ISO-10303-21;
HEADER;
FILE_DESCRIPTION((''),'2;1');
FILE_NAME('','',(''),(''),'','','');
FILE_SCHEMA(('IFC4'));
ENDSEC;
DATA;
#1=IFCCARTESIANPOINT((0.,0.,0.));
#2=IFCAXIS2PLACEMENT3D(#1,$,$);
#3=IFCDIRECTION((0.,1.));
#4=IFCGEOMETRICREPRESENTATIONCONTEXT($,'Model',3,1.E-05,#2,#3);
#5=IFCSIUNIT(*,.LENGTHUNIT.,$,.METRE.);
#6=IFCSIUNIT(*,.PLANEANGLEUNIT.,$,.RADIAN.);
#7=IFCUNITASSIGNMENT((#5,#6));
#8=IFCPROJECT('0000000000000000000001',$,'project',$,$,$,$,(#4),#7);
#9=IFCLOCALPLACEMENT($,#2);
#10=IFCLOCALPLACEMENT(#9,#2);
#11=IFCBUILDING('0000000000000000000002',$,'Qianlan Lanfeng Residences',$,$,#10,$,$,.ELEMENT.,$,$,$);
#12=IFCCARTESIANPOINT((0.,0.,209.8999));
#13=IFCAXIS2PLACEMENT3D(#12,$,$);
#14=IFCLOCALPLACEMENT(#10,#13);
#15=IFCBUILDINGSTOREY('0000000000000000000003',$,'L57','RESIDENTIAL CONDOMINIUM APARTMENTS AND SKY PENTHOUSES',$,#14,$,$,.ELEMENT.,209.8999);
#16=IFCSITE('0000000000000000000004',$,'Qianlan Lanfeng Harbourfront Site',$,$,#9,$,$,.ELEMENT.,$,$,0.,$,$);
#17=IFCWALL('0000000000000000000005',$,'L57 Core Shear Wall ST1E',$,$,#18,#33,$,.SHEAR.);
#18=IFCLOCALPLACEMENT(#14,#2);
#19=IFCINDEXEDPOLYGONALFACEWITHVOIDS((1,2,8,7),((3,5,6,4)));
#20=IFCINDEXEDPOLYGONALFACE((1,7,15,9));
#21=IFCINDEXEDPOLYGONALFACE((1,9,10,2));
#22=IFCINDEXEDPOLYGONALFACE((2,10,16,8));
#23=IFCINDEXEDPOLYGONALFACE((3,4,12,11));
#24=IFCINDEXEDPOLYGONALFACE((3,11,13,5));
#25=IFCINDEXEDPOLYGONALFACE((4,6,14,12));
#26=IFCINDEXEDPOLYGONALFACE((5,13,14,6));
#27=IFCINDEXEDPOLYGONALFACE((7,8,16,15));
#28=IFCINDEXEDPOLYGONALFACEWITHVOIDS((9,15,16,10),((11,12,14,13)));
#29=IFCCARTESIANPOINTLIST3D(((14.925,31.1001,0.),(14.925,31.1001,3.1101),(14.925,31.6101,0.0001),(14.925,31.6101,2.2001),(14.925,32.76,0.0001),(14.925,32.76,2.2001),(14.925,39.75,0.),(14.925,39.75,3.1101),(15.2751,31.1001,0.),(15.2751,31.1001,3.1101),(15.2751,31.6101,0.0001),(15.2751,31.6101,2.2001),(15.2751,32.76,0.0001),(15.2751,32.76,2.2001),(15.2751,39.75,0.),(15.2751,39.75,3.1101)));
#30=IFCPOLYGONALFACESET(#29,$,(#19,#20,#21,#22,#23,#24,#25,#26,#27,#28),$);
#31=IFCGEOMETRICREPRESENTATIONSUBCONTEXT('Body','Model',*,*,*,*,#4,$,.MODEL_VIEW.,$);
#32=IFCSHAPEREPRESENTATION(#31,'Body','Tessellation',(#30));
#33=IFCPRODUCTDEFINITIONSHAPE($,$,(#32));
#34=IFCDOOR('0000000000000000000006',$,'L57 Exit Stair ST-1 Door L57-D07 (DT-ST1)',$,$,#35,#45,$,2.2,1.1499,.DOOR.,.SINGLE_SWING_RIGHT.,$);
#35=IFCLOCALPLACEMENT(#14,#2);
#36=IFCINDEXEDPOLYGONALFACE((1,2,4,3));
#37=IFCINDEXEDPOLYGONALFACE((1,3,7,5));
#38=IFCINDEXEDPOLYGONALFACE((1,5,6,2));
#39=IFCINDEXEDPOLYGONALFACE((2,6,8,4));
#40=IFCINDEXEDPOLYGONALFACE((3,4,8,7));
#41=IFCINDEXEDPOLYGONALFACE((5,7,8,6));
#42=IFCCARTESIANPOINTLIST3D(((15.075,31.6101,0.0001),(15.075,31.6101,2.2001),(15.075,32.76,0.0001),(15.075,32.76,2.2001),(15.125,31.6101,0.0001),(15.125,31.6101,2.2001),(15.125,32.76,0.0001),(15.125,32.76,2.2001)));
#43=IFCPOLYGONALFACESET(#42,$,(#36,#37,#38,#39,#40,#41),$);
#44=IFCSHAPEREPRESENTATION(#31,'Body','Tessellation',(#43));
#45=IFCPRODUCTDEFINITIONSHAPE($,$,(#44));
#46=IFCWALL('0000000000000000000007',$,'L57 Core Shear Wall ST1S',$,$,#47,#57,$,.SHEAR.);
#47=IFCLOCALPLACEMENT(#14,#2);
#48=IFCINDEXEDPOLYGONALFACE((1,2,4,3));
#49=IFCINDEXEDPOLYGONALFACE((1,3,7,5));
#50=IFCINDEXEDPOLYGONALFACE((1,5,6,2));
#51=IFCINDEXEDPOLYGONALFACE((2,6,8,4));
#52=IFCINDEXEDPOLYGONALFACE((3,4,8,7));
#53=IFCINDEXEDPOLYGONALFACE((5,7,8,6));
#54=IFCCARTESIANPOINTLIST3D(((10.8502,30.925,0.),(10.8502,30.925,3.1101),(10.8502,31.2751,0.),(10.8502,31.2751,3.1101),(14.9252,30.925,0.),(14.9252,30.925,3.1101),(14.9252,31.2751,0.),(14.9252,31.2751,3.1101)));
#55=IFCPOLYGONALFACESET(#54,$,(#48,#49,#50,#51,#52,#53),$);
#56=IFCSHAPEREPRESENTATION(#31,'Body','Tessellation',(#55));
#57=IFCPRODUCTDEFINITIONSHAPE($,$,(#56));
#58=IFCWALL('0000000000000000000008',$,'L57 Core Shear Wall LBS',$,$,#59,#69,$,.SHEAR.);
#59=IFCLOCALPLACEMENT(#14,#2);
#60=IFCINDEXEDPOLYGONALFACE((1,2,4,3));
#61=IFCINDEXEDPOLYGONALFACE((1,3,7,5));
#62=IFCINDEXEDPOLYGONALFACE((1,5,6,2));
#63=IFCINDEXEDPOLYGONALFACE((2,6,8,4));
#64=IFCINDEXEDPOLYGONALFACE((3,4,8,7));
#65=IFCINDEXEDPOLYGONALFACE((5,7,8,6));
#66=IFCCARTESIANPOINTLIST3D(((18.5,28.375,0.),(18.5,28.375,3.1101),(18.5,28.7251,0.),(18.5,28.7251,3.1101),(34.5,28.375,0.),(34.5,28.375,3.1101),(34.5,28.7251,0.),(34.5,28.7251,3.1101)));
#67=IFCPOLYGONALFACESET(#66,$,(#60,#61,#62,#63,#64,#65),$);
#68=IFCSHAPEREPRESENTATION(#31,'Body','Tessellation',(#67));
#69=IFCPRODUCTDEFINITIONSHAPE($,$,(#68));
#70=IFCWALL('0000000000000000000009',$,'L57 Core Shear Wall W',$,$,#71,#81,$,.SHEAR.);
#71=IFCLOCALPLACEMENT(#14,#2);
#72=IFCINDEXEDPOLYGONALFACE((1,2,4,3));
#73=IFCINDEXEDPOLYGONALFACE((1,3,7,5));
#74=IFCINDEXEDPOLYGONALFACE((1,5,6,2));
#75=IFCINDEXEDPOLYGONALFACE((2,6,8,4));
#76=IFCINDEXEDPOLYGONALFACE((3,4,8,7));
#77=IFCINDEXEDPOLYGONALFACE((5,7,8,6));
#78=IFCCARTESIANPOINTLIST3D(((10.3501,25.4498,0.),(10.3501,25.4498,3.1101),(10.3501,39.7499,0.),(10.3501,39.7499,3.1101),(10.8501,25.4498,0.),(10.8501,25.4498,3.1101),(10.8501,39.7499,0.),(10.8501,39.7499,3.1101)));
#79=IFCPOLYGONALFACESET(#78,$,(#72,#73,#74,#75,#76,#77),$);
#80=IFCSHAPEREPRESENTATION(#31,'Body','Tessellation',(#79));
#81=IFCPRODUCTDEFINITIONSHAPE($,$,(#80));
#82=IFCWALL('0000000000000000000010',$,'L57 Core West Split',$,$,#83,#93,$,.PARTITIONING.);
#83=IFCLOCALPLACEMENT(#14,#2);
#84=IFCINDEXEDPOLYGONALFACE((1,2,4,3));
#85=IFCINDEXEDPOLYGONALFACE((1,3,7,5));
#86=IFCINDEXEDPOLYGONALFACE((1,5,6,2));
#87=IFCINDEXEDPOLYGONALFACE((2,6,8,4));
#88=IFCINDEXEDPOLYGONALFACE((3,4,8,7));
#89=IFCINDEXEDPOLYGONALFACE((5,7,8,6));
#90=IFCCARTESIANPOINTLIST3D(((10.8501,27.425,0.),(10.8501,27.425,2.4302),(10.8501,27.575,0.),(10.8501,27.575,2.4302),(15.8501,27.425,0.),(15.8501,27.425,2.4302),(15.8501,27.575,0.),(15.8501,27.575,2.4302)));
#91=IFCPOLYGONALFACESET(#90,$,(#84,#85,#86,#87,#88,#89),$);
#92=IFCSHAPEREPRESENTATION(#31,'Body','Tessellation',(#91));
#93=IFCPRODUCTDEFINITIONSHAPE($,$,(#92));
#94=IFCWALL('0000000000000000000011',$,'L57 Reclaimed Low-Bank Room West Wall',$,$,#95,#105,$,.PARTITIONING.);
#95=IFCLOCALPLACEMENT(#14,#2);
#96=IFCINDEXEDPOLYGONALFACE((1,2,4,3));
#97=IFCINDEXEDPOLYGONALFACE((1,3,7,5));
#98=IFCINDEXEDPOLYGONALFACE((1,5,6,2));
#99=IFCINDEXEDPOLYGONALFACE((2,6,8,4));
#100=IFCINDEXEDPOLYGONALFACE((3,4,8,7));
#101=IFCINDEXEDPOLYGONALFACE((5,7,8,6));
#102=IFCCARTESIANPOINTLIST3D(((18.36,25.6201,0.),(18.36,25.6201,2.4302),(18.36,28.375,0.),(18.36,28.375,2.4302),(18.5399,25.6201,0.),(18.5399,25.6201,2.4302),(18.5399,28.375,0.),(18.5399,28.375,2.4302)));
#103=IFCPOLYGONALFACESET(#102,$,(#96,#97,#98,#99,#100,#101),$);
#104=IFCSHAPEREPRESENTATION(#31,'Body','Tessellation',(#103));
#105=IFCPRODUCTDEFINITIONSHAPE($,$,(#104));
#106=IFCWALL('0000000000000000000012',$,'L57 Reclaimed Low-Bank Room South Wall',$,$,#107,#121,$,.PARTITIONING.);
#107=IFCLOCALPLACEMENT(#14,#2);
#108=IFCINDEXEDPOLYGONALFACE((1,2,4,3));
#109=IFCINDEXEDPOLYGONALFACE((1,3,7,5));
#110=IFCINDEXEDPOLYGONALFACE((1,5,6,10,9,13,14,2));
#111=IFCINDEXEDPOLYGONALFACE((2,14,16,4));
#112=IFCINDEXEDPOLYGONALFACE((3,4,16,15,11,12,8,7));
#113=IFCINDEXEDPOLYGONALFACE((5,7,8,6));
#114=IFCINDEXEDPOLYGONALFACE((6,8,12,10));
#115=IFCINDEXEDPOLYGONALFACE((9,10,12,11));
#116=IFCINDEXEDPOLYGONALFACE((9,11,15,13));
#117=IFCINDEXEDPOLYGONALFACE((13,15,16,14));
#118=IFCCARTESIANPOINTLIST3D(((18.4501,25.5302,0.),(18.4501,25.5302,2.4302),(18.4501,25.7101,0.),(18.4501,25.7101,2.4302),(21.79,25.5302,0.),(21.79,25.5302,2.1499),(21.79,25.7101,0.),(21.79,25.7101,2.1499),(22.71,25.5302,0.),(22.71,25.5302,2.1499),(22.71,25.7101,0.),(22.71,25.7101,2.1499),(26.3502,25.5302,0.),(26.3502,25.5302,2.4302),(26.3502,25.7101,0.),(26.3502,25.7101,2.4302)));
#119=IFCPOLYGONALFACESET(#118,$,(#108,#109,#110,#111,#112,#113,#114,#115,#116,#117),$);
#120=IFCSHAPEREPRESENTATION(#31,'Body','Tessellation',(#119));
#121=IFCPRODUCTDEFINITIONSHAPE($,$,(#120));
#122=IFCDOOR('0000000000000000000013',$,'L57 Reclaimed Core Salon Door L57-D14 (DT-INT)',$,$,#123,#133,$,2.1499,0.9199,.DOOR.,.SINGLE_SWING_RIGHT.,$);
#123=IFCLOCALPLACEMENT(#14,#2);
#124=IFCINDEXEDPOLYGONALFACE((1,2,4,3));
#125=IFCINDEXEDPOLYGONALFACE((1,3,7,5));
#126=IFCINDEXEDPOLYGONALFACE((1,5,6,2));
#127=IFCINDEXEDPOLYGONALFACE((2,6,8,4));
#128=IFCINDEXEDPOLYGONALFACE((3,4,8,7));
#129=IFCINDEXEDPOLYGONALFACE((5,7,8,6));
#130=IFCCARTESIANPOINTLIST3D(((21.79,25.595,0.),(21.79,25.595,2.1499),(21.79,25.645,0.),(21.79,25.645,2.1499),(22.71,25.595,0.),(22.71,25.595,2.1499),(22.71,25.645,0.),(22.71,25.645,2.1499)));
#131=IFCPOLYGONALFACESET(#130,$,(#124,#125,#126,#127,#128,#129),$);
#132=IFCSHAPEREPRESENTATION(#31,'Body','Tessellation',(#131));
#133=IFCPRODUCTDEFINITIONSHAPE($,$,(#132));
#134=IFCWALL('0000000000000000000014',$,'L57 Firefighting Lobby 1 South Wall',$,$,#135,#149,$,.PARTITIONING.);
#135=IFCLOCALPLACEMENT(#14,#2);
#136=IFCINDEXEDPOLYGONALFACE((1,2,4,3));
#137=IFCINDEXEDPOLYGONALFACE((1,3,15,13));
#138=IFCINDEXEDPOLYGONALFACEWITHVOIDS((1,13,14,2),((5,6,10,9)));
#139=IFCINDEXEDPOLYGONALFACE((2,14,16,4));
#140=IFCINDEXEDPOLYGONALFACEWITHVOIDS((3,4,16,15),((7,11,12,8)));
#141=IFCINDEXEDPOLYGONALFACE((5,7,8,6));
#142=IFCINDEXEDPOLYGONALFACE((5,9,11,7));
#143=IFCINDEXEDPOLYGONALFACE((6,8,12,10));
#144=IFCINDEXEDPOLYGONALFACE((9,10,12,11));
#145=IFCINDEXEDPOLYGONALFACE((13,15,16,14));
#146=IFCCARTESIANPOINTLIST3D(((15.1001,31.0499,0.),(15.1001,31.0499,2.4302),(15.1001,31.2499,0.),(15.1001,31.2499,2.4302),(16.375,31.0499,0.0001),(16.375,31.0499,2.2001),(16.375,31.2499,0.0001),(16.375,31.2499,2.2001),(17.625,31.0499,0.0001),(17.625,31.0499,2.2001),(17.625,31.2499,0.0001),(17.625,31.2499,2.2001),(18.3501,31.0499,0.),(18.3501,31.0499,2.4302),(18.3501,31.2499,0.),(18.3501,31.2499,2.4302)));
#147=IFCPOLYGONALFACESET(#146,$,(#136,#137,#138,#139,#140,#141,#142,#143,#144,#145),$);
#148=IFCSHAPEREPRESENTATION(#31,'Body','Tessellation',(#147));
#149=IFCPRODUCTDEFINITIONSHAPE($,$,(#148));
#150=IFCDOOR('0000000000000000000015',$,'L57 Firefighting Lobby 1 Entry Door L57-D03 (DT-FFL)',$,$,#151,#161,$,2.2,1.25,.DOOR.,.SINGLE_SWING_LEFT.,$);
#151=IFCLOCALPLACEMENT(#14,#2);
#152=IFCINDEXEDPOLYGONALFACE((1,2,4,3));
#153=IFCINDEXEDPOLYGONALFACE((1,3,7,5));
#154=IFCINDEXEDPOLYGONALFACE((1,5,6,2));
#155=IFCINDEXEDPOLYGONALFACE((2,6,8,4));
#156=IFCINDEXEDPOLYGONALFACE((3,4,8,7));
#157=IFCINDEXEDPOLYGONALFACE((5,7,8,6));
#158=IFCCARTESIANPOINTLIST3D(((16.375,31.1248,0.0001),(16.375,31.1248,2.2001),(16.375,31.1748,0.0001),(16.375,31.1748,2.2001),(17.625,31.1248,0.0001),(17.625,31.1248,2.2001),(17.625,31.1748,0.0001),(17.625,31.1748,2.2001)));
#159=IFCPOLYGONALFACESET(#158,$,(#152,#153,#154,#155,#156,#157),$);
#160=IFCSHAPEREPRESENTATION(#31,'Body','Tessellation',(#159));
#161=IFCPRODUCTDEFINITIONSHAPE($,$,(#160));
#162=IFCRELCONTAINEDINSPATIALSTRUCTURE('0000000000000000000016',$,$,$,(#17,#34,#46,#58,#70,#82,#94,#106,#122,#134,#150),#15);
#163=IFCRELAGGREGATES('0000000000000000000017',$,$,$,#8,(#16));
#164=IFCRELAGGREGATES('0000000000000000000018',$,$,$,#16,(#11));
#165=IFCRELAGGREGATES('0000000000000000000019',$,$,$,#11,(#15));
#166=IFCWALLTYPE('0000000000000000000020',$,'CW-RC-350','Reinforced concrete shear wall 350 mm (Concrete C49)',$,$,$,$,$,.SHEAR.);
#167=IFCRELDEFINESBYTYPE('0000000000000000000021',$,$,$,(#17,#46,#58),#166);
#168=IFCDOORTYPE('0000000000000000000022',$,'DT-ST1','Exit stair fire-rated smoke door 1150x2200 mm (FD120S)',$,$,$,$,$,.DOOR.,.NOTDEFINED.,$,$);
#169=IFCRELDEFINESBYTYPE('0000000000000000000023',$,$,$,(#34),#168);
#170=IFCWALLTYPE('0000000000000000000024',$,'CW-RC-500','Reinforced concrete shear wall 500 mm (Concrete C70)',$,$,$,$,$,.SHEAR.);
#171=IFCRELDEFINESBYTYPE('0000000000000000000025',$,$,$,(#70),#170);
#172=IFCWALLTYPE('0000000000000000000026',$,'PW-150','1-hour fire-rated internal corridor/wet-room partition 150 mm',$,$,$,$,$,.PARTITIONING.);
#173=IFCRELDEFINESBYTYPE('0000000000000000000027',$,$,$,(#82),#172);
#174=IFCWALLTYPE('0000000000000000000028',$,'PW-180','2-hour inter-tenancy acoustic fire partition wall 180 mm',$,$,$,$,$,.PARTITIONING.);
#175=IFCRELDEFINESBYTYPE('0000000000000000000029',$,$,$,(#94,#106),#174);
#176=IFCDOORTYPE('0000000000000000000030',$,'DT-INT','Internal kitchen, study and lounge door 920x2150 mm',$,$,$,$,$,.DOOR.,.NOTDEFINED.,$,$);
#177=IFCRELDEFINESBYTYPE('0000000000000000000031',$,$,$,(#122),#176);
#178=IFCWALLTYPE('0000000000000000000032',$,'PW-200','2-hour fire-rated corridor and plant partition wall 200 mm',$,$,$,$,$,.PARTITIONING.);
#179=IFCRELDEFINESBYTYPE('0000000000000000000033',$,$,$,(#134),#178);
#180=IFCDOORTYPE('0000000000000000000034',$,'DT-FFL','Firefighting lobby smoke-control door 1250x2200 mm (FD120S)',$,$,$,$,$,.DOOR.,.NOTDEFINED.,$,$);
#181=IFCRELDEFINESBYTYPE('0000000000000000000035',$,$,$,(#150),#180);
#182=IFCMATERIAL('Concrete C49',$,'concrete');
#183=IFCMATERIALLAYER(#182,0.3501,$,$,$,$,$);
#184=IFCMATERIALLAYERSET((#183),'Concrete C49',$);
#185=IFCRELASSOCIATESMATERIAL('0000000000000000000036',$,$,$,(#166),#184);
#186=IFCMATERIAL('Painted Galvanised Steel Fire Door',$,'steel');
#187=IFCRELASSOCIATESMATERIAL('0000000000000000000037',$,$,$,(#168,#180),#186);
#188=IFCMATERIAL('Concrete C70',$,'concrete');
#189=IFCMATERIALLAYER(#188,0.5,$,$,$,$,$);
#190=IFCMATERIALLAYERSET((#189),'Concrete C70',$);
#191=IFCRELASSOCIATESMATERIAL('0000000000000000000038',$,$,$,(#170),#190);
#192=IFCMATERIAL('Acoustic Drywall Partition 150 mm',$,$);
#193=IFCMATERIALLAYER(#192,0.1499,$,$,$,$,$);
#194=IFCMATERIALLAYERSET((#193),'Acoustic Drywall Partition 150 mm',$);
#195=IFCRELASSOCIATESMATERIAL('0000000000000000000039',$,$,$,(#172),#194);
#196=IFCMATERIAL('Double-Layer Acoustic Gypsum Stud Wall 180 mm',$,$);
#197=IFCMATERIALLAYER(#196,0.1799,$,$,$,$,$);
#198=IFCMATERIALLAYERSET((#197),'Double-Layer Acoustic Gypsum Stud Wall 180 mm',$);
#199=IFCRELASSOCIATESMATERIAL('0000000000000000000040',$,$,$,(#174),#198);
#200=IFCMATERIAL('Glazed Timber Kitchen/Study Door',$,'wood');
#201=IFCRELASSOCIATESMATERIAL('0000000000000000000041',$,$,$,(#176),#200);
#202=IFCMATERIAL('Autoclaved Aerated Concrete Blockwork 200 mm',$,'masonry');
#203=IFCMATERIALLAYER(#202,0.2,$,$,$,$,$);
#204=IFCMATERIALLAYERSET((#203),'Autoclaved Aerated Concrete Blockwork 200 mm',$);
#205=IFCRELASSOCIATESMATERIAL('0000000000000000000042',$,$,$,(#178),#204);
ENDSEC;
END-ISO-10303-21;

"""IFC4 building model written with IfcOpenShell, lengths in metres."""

from ifc_helpers import new_model, si_unit, direction, frame, frame_2d, origin, place, context, subcontext, project, spatial, rectangle, extrude, material, layer, layer_set, type_object, element, fill, save


model = new_model("IFC4")

# Units and contexts
model_context = context("Model", 3, precision=1e-05, world=origin(), true_north=direction((0.0, 1.0)))
body_context = subcontext(model_context, "Body", "Model", "MODEL_VIEW")
ifc_project = project(units=[si_unit("LENGTHUNIT", "METRE"), si_unit("PLANEANGLEUNIT", "RADIAN")], contexts=[model_context])

# Site, building, storey
site_placement = place(None, origin())
site = spatial("IfcSite", under=ifc_project, at=site_placement, Name="Qianlan Lanfeng Harbourfront Site", CompositionType="ELEMENT", RefElevation=0.0)
building_placement = place(site_placement, origin())
building = spatial("IfcBuilding", under=site, at=building_placement, Name="Qianlan Lanfeng Residences", CompositionType="ELEMENT")
storey_placement = place(building_placement, frame((0.0, 0.0, 209.8999)))
storey = spatial("IfcBuildingStorey", under=building, at=storey_placement, Name="L57", Description="RESIDENTIAL CONDOMINIUM APARTMENTS AND SKY PENTHOUSES", CompositionType="ELEMENT", Elevation=209.8999)

# Wall, opening, door
ifc_material_1 = material(Name="Concrete C49", Category="concrete")
ifc_layer_1 = layer(ifc_material_1, 0.3501)
ifc_layer_set_1 = layer_set([ifc_layer_1], Name="Concrete C49")
wall_type_1 = type_object("IfcWallType", Name="CW-RC-350", Description="Reinforced concrete shear wall 350 mm (Concrete C49)", PredefinedType="SHEAR", material=ifc_layer_set_1)
wall_1_placement = place(storey_placement, frame((15.1001, 31.1001, 0.0), z_axis=(0.0, 0.0, 1.0), x_axis=(0.0, 1.0, 0.0)))
wall_1 = element("IfcWall", 1, at=wall_1_placement, inside=storey, type_object=wall_type_1, Name="L57 Core Shear Wall ST1E", PredefinedType="SHEAR", context=body_context, shape_type="SweptSolid", body=[
    extrude(rectangle(XDim=8.6499, YDim=0.3501, at=frame_2d((4.325, 0.0))), origin(), (0.0, 0.0, 1.0), 3.1101),
])
opening_1_placement = place(wall_1_placement, frame((0.51, 0.0, 0.0)))
opening_1 = element("IfcOpeningElement", 2, at=opening_1_placement, cuts=wall_1, PredefinedType="OPENING", context=body_context, shape_type="SweptSolid", body=[
    extrude(rectangle(XDim=1.1499, YDim=2.2, at=frame_2d((0.575, 1.1001))), frame((0.0, 0.1851, 0.0), z_axis=(0.0, -1.0, 0.0), x_axis=(1.0, 0.0, 0.0)), (0.0, 0.0, 1.0), 0.3701),
])
ifc_material_2 = material(Name="Painted Galvanised Steel Fire Door", Category="steel")
door_type_1 = type_object("IfcDoorType", Name="DT-ST1", Description="Exit stair fire-rated smoke door 1150x2200 mm (FD120S)", OperationType="NOTDEFINED", PredefinedType="DOOR", material=ifc_material_2)
door_1_placement = place(opening_1_placement, frame((1.1499, 0.0, 0.0), z_axis=(0.0, 0.0, 1.0), x_axis=(-1.0, 0.0, 0.0)))
door_1 = element("IfcDoor", 3, at=door_1_placement, inside=storey, type_object=door_type_1, Name="L57 Exit Stair ST-1 Door L57-D07 (DT-ST1)", OperationType="SINGLE_SWING_RIGHT", OverallHeight=2.2, OverallWidth=1.1499, PredefinedType="DOOR", context=body_context, shape_type="SweptSolid", body=[
    extrude(rectangle(XDim=1.1499, YDim=2.2, at=frame_2d((0.575, 1.1001))), frame((0.0, 0.0249, 0.0), z_axis=(0.0, -1.0, 0.0), x_axis=(1.0, 0.0, 0.0)), (0.0, 0.0, 1.0), 0.05),
])
fill(opening_1, door_1)

# Walls
wall_2_placement = place(storey_placement, frame((10.8501, 31.1001, 0.0), z_axis=(0.0, 0.0, 1.0), x_axis=(1.0, 0.0, 0.0)))
element("IfcWall", 4, at=wall_2_placement, inside=storey, type_object=wall_type_1, Name="L57 Core Shear Wall ST1S", PredefinedType="SHEAR", context=body_context, shape_type="SweptSolid", body=[
    extrude(rectangle(XDim=4.075, YDim=0.3501, at=frame_2d((2.0376, 0.0))), origin(), (0.0, 0.0, 1.0), 3.1101),
])
wall_3_placement = place(storey_placement, frame((18.5, 28.55, 0.0), z_axis=(0.0, 0.0, 1.0), x_axis=(1.0, 0.0, 0.0)))
element("IfcWall", 5, at=wall_3_placement, inside=storey, type_object=wall_type_1, Name="L57 Core Shear Wall LBS", PredefinedType="SHEAR", context=body_context, shape_type="SweptSolid", body=[
    extrude(rectangle(XDim=16.0, YDim=0.3501, at=frame_2d((8.0, 0.0))), origin(), (0.0, 0.0, 1.0), 3.1101),
])
ifc_material_3 = material(Name="Concrete C70", Category="concrete")
ifc_layer_2 = layer(ifc_material_3, 0.5)
ifc_layer_set_2 = layer_set([ifc_layer_2], Name="Concrete C70")
wall_type_2 = type_object("IfcWallType", Name="CW-RC-500", Description="Reinforced concrete shear wall 500 mm (Concrete C70)", PredefinedType="SHEAR", material=ifc_layer_set_2)
wall_4_placement = place(storey_placement, frame((10.6001, 25.45, 0.0), z_axis=(0.0, 0.0, 1.0), x_axis=(0.0, 1.0, 0.0)))
element("IfcWall", 6, at=wall_4_placement, inside=storey, type_object=wall_type_2, Name="L57 Core Shear Wall W", PredefinedType="SHEAR", context=body_context, shape_type="SweptSolid", body=[
    extrude(rectangle(XDim=14.3, YDim=0.5, at=frame_2d((7.1499, 0.0))), origin(), (0.0, 0.0, 1.0), 3.1101),
])
ifc_material_4 = material(Name="Acoustic Drywall Partition 150 mm")
ifc_layer_3 = layer(ifc_material_4, 0.1499)
ifc_layer_set_3 = layer_set([ifc_layer_3], Name="Acoustic Drywall Partition 150 mm")
wall_type_3 = type_object("IfcWallType", Name="PW-150", Description="1-hour fire-rated internal corridor/wet-room partition 150 mm", PredefinedType="PARTITIONING", material=ifc_layer_set_3)
wall_5_placement = place(storey_placement, frame((10.8501, 27.5, 0.0), z_axis=(0.0, 0.0, 1.0), x_axis=(1.0, 0.0, 0.0)))
element("IfcWall", 7, at=wall_5_placement, inside=storey, type_object=wall_type_3, Name="L57 Core West Split", PredefinedType="PARTITIONING", context=body_context, shape_type="SweptSolid", body=[
    extrude(rectangle(XDim=5.0, YDim=0.1499, at=frame_2d((2.5, 0.0))), origin(), (0.0, 0.0, 1.0), 2.4302),
])

# Shared definitions
ifc_material_5 = material(Name="Double-Layer Acoustic Gypsum Stud Wall 180 mm")
ifc_layer_4 = layer(ifc_material_5, 0.1799)
ifc_layer_set_4 = layer_set([ifc_layer_4], Name="Double-Layer Acoustic Gypsum Stud Wall 180 mm")
wall_type_4 = type_object("IfcWallType", Name="PW-180", Description="2-hour inter-tenancy acoustic fire partition wall 180 mm", PredefinedType="PARTITIONING", material=ifc_layer_set_4)
ifc_material_6 = material(Name="Glazed Timber Kitchen/Study Door", Category="wood")
door_type_2 = type_object("IfcDoorType", Name="DT-INT", Description="Internal kitchen, study and lounge door 920x2150 mm", OperationType="NOTDEFINED", PredefinedType="DOOR", material=ifc_material_6)

# Wall
wall_6_placement = place(storey_placement, frame((18.45, 25.6201, 0.0), z_axis=(0.0, 0.0, 1.0), x_axis=(0.0, 1.0, 0.0)))
element("IfcWall", 8, at=wall_6_placement, inside=storey, type_object=wall_type_4, Name="L57 Reclaimed Low-Bank Room West Wall", PredefinedType="PARTITIONING", context=body_context, shape_type="SweptSolid", body=[
    extrude(rectangle(XDim=2.7549, YDim=0.1799, at=frame_2d((1.3774, 0.0))), origin(), (0.0, 0.0, 1.0), 2.4302),
])

# Walls, openings, doors
wall_7_placement = place(storey_placement, frame((18.45, 25.6201, 0.0), z_axis=(0.0, 0.0, 1.0), x_axis=(1.0, 0.0, 0.0)))
wall_7 = element("IfcWall", 9, at=wall_7_placement, inside=storey, type_object=wall_type_4, Name="L57 Reclaimed Low-Bank Room South Wall", PredefinedType="PARTITIONING", context=body_context, shape_type="SweptSolid", body=[
    extrude(rectangle(XDim=7.9001, YDim=0.1799, at=frame_2d((3.9502, 0.0))), origin(), (0.0, 0.0, 1.0), 2.4302),
])
opening_2_placement = place(wall_7_placement, frame((3.3401, 0.0, 0.0)))
opening_2 = element("IfcOpeningElement", 10, at=opening_2_placement, cuts=wall_7, PredefinedType="OPENING", context=body_context, shape_type="SweptSolid", body=[
    extrude(rectangle(XDim=0.9199, YDim=2.1499, at=frame_2d((0.46, 1.075))), frame((0.0, 0.1001, 0.0), z_axis=(0.0, -1.0, 0.0), x_axis=(1.0, 0.0, 0.0)), (0.0, 0.0, 1.0), 0.2),
])
door_2_placement = place(opening_2_placement, origin())
door_2 = element("IfcDoor", 11, at=door_2_placement, inside=storey, type_object=door_type_2, Name="L57 Reclaimed Core Salon Door L57-D14 (DT-INT)", OperationType="SINGLE_SWING_RIGHT", OverallHeight=2.1499, OverallWidth=0.9199, PredefinedType="DOOR", context=body_context, shape_type="SweptSolid", body=[
    extrude(rectangle(XDim=0.9199, YDim=2.1499, at=frame_2d((0.46, 1.075))), frame((0.0, 0.0249, 0.0), z_axis=(0.0, -1.0, 0.0), x_axis=(1.0, 0.0, 0.0)), (0.0, 0.0, 1.0), 0.05),
])
fill(opening_2, door_2)
ifc_material_7 = material(Name="Autoclaved Aerated Concrete Blockwork 200 mm", Category="masonry")
ifc_layer_5 = layer(ifc_material_7, 0.2)
ifc_layer_set_5 = layer_set([ifc_layer_5], Name="Autoclaved Aerated Concrete Blockwork 200 mm")
wall_type_5 = type_object("IfcWallType", Name="PW-200", Description="2-hour fire-rated corridor and plant partition wall 200 mm", PredefinedType="PARTITIONING", material=ifc_layer_set_5)
wall_8_placement = place(storey_placement, frame((15.1001, 31.1499, 0.0), z_axis=(0.0, 0.0, 1.0), x_axis=(1.0, 0.0, 0.0)))
wall_8 = element("IfcWall", 12, at=wall_8_placement, inside=storey, type_object=wall_type_5, Name="L57 Firefighting Lobby 1 South Wall", PredefinedType="PARTITIONING", context=body_context, shape_type="SweptSolid", body=[
    extrude(rectangle(XDim=3.25, YDim=0.2, at=frame_2d((1.625, 0.0))), origin(), (0.0, 0.0, 1.0), 2.4302),
])
opening_3_placement = place(wall_8_placement, frame((1.2749, 0.0, 0.0)))
opening_3 = element("IfcOpeningElement", 13, at=opening_3_placement, cuts=wall_8, PredefinedType="OPENING", context=body_context, shape_type="SweptSolid", body=[
    extrude(rectangle(XDim=1.25, YDim=2.2, at=frame_2d((0.625, 1.1001))), frame((0.0, 0.1099, 0.0), z_axis=(0.0, -1.0, 0.0), x_axis=(1.0, 0.0, 0.0)), (0.0, 0.0, 1.0), 0.22),
])
door_type_3 = type_object("IfcDoorType", Name="DT-FFL", Description="Firefighting lobby smoke-control door 1250x2200 mm (FD120S)", OperationType="NOTDEFINED", PredefinedType="DOOR", material=ifc_material_2)
door_3_placement = place(opening_3_placement, origin())
door_3 = element("IfcDoor", 14, at=door_3_placement, inside=storey, type_object=door_type_3, Name="L57 Firefighting Lobby 1 Entry Door L57-D03 (DT-FFL)", OperationType="SINGLE_SWING_LEFT", OverallHeight=2.2, OverallWidth=1.25, PredefinedType="DOOR", context=body_context, shape_type="SweptSolid", body=[
    extrude(rectangle(XDim=1.25, YDim=2.2, at=frame_2d((0.625, 1.1001))), frame((0.0, 0.0249, 0.0), z_axis=(0.0, -1.0, 0.0), x_axis=(1.0, 0.0, 0.0)), (0.0, 0.0, 1.0), 0.05),
])
fill(opening_3, door_3)

save(model, "model.ifc")
